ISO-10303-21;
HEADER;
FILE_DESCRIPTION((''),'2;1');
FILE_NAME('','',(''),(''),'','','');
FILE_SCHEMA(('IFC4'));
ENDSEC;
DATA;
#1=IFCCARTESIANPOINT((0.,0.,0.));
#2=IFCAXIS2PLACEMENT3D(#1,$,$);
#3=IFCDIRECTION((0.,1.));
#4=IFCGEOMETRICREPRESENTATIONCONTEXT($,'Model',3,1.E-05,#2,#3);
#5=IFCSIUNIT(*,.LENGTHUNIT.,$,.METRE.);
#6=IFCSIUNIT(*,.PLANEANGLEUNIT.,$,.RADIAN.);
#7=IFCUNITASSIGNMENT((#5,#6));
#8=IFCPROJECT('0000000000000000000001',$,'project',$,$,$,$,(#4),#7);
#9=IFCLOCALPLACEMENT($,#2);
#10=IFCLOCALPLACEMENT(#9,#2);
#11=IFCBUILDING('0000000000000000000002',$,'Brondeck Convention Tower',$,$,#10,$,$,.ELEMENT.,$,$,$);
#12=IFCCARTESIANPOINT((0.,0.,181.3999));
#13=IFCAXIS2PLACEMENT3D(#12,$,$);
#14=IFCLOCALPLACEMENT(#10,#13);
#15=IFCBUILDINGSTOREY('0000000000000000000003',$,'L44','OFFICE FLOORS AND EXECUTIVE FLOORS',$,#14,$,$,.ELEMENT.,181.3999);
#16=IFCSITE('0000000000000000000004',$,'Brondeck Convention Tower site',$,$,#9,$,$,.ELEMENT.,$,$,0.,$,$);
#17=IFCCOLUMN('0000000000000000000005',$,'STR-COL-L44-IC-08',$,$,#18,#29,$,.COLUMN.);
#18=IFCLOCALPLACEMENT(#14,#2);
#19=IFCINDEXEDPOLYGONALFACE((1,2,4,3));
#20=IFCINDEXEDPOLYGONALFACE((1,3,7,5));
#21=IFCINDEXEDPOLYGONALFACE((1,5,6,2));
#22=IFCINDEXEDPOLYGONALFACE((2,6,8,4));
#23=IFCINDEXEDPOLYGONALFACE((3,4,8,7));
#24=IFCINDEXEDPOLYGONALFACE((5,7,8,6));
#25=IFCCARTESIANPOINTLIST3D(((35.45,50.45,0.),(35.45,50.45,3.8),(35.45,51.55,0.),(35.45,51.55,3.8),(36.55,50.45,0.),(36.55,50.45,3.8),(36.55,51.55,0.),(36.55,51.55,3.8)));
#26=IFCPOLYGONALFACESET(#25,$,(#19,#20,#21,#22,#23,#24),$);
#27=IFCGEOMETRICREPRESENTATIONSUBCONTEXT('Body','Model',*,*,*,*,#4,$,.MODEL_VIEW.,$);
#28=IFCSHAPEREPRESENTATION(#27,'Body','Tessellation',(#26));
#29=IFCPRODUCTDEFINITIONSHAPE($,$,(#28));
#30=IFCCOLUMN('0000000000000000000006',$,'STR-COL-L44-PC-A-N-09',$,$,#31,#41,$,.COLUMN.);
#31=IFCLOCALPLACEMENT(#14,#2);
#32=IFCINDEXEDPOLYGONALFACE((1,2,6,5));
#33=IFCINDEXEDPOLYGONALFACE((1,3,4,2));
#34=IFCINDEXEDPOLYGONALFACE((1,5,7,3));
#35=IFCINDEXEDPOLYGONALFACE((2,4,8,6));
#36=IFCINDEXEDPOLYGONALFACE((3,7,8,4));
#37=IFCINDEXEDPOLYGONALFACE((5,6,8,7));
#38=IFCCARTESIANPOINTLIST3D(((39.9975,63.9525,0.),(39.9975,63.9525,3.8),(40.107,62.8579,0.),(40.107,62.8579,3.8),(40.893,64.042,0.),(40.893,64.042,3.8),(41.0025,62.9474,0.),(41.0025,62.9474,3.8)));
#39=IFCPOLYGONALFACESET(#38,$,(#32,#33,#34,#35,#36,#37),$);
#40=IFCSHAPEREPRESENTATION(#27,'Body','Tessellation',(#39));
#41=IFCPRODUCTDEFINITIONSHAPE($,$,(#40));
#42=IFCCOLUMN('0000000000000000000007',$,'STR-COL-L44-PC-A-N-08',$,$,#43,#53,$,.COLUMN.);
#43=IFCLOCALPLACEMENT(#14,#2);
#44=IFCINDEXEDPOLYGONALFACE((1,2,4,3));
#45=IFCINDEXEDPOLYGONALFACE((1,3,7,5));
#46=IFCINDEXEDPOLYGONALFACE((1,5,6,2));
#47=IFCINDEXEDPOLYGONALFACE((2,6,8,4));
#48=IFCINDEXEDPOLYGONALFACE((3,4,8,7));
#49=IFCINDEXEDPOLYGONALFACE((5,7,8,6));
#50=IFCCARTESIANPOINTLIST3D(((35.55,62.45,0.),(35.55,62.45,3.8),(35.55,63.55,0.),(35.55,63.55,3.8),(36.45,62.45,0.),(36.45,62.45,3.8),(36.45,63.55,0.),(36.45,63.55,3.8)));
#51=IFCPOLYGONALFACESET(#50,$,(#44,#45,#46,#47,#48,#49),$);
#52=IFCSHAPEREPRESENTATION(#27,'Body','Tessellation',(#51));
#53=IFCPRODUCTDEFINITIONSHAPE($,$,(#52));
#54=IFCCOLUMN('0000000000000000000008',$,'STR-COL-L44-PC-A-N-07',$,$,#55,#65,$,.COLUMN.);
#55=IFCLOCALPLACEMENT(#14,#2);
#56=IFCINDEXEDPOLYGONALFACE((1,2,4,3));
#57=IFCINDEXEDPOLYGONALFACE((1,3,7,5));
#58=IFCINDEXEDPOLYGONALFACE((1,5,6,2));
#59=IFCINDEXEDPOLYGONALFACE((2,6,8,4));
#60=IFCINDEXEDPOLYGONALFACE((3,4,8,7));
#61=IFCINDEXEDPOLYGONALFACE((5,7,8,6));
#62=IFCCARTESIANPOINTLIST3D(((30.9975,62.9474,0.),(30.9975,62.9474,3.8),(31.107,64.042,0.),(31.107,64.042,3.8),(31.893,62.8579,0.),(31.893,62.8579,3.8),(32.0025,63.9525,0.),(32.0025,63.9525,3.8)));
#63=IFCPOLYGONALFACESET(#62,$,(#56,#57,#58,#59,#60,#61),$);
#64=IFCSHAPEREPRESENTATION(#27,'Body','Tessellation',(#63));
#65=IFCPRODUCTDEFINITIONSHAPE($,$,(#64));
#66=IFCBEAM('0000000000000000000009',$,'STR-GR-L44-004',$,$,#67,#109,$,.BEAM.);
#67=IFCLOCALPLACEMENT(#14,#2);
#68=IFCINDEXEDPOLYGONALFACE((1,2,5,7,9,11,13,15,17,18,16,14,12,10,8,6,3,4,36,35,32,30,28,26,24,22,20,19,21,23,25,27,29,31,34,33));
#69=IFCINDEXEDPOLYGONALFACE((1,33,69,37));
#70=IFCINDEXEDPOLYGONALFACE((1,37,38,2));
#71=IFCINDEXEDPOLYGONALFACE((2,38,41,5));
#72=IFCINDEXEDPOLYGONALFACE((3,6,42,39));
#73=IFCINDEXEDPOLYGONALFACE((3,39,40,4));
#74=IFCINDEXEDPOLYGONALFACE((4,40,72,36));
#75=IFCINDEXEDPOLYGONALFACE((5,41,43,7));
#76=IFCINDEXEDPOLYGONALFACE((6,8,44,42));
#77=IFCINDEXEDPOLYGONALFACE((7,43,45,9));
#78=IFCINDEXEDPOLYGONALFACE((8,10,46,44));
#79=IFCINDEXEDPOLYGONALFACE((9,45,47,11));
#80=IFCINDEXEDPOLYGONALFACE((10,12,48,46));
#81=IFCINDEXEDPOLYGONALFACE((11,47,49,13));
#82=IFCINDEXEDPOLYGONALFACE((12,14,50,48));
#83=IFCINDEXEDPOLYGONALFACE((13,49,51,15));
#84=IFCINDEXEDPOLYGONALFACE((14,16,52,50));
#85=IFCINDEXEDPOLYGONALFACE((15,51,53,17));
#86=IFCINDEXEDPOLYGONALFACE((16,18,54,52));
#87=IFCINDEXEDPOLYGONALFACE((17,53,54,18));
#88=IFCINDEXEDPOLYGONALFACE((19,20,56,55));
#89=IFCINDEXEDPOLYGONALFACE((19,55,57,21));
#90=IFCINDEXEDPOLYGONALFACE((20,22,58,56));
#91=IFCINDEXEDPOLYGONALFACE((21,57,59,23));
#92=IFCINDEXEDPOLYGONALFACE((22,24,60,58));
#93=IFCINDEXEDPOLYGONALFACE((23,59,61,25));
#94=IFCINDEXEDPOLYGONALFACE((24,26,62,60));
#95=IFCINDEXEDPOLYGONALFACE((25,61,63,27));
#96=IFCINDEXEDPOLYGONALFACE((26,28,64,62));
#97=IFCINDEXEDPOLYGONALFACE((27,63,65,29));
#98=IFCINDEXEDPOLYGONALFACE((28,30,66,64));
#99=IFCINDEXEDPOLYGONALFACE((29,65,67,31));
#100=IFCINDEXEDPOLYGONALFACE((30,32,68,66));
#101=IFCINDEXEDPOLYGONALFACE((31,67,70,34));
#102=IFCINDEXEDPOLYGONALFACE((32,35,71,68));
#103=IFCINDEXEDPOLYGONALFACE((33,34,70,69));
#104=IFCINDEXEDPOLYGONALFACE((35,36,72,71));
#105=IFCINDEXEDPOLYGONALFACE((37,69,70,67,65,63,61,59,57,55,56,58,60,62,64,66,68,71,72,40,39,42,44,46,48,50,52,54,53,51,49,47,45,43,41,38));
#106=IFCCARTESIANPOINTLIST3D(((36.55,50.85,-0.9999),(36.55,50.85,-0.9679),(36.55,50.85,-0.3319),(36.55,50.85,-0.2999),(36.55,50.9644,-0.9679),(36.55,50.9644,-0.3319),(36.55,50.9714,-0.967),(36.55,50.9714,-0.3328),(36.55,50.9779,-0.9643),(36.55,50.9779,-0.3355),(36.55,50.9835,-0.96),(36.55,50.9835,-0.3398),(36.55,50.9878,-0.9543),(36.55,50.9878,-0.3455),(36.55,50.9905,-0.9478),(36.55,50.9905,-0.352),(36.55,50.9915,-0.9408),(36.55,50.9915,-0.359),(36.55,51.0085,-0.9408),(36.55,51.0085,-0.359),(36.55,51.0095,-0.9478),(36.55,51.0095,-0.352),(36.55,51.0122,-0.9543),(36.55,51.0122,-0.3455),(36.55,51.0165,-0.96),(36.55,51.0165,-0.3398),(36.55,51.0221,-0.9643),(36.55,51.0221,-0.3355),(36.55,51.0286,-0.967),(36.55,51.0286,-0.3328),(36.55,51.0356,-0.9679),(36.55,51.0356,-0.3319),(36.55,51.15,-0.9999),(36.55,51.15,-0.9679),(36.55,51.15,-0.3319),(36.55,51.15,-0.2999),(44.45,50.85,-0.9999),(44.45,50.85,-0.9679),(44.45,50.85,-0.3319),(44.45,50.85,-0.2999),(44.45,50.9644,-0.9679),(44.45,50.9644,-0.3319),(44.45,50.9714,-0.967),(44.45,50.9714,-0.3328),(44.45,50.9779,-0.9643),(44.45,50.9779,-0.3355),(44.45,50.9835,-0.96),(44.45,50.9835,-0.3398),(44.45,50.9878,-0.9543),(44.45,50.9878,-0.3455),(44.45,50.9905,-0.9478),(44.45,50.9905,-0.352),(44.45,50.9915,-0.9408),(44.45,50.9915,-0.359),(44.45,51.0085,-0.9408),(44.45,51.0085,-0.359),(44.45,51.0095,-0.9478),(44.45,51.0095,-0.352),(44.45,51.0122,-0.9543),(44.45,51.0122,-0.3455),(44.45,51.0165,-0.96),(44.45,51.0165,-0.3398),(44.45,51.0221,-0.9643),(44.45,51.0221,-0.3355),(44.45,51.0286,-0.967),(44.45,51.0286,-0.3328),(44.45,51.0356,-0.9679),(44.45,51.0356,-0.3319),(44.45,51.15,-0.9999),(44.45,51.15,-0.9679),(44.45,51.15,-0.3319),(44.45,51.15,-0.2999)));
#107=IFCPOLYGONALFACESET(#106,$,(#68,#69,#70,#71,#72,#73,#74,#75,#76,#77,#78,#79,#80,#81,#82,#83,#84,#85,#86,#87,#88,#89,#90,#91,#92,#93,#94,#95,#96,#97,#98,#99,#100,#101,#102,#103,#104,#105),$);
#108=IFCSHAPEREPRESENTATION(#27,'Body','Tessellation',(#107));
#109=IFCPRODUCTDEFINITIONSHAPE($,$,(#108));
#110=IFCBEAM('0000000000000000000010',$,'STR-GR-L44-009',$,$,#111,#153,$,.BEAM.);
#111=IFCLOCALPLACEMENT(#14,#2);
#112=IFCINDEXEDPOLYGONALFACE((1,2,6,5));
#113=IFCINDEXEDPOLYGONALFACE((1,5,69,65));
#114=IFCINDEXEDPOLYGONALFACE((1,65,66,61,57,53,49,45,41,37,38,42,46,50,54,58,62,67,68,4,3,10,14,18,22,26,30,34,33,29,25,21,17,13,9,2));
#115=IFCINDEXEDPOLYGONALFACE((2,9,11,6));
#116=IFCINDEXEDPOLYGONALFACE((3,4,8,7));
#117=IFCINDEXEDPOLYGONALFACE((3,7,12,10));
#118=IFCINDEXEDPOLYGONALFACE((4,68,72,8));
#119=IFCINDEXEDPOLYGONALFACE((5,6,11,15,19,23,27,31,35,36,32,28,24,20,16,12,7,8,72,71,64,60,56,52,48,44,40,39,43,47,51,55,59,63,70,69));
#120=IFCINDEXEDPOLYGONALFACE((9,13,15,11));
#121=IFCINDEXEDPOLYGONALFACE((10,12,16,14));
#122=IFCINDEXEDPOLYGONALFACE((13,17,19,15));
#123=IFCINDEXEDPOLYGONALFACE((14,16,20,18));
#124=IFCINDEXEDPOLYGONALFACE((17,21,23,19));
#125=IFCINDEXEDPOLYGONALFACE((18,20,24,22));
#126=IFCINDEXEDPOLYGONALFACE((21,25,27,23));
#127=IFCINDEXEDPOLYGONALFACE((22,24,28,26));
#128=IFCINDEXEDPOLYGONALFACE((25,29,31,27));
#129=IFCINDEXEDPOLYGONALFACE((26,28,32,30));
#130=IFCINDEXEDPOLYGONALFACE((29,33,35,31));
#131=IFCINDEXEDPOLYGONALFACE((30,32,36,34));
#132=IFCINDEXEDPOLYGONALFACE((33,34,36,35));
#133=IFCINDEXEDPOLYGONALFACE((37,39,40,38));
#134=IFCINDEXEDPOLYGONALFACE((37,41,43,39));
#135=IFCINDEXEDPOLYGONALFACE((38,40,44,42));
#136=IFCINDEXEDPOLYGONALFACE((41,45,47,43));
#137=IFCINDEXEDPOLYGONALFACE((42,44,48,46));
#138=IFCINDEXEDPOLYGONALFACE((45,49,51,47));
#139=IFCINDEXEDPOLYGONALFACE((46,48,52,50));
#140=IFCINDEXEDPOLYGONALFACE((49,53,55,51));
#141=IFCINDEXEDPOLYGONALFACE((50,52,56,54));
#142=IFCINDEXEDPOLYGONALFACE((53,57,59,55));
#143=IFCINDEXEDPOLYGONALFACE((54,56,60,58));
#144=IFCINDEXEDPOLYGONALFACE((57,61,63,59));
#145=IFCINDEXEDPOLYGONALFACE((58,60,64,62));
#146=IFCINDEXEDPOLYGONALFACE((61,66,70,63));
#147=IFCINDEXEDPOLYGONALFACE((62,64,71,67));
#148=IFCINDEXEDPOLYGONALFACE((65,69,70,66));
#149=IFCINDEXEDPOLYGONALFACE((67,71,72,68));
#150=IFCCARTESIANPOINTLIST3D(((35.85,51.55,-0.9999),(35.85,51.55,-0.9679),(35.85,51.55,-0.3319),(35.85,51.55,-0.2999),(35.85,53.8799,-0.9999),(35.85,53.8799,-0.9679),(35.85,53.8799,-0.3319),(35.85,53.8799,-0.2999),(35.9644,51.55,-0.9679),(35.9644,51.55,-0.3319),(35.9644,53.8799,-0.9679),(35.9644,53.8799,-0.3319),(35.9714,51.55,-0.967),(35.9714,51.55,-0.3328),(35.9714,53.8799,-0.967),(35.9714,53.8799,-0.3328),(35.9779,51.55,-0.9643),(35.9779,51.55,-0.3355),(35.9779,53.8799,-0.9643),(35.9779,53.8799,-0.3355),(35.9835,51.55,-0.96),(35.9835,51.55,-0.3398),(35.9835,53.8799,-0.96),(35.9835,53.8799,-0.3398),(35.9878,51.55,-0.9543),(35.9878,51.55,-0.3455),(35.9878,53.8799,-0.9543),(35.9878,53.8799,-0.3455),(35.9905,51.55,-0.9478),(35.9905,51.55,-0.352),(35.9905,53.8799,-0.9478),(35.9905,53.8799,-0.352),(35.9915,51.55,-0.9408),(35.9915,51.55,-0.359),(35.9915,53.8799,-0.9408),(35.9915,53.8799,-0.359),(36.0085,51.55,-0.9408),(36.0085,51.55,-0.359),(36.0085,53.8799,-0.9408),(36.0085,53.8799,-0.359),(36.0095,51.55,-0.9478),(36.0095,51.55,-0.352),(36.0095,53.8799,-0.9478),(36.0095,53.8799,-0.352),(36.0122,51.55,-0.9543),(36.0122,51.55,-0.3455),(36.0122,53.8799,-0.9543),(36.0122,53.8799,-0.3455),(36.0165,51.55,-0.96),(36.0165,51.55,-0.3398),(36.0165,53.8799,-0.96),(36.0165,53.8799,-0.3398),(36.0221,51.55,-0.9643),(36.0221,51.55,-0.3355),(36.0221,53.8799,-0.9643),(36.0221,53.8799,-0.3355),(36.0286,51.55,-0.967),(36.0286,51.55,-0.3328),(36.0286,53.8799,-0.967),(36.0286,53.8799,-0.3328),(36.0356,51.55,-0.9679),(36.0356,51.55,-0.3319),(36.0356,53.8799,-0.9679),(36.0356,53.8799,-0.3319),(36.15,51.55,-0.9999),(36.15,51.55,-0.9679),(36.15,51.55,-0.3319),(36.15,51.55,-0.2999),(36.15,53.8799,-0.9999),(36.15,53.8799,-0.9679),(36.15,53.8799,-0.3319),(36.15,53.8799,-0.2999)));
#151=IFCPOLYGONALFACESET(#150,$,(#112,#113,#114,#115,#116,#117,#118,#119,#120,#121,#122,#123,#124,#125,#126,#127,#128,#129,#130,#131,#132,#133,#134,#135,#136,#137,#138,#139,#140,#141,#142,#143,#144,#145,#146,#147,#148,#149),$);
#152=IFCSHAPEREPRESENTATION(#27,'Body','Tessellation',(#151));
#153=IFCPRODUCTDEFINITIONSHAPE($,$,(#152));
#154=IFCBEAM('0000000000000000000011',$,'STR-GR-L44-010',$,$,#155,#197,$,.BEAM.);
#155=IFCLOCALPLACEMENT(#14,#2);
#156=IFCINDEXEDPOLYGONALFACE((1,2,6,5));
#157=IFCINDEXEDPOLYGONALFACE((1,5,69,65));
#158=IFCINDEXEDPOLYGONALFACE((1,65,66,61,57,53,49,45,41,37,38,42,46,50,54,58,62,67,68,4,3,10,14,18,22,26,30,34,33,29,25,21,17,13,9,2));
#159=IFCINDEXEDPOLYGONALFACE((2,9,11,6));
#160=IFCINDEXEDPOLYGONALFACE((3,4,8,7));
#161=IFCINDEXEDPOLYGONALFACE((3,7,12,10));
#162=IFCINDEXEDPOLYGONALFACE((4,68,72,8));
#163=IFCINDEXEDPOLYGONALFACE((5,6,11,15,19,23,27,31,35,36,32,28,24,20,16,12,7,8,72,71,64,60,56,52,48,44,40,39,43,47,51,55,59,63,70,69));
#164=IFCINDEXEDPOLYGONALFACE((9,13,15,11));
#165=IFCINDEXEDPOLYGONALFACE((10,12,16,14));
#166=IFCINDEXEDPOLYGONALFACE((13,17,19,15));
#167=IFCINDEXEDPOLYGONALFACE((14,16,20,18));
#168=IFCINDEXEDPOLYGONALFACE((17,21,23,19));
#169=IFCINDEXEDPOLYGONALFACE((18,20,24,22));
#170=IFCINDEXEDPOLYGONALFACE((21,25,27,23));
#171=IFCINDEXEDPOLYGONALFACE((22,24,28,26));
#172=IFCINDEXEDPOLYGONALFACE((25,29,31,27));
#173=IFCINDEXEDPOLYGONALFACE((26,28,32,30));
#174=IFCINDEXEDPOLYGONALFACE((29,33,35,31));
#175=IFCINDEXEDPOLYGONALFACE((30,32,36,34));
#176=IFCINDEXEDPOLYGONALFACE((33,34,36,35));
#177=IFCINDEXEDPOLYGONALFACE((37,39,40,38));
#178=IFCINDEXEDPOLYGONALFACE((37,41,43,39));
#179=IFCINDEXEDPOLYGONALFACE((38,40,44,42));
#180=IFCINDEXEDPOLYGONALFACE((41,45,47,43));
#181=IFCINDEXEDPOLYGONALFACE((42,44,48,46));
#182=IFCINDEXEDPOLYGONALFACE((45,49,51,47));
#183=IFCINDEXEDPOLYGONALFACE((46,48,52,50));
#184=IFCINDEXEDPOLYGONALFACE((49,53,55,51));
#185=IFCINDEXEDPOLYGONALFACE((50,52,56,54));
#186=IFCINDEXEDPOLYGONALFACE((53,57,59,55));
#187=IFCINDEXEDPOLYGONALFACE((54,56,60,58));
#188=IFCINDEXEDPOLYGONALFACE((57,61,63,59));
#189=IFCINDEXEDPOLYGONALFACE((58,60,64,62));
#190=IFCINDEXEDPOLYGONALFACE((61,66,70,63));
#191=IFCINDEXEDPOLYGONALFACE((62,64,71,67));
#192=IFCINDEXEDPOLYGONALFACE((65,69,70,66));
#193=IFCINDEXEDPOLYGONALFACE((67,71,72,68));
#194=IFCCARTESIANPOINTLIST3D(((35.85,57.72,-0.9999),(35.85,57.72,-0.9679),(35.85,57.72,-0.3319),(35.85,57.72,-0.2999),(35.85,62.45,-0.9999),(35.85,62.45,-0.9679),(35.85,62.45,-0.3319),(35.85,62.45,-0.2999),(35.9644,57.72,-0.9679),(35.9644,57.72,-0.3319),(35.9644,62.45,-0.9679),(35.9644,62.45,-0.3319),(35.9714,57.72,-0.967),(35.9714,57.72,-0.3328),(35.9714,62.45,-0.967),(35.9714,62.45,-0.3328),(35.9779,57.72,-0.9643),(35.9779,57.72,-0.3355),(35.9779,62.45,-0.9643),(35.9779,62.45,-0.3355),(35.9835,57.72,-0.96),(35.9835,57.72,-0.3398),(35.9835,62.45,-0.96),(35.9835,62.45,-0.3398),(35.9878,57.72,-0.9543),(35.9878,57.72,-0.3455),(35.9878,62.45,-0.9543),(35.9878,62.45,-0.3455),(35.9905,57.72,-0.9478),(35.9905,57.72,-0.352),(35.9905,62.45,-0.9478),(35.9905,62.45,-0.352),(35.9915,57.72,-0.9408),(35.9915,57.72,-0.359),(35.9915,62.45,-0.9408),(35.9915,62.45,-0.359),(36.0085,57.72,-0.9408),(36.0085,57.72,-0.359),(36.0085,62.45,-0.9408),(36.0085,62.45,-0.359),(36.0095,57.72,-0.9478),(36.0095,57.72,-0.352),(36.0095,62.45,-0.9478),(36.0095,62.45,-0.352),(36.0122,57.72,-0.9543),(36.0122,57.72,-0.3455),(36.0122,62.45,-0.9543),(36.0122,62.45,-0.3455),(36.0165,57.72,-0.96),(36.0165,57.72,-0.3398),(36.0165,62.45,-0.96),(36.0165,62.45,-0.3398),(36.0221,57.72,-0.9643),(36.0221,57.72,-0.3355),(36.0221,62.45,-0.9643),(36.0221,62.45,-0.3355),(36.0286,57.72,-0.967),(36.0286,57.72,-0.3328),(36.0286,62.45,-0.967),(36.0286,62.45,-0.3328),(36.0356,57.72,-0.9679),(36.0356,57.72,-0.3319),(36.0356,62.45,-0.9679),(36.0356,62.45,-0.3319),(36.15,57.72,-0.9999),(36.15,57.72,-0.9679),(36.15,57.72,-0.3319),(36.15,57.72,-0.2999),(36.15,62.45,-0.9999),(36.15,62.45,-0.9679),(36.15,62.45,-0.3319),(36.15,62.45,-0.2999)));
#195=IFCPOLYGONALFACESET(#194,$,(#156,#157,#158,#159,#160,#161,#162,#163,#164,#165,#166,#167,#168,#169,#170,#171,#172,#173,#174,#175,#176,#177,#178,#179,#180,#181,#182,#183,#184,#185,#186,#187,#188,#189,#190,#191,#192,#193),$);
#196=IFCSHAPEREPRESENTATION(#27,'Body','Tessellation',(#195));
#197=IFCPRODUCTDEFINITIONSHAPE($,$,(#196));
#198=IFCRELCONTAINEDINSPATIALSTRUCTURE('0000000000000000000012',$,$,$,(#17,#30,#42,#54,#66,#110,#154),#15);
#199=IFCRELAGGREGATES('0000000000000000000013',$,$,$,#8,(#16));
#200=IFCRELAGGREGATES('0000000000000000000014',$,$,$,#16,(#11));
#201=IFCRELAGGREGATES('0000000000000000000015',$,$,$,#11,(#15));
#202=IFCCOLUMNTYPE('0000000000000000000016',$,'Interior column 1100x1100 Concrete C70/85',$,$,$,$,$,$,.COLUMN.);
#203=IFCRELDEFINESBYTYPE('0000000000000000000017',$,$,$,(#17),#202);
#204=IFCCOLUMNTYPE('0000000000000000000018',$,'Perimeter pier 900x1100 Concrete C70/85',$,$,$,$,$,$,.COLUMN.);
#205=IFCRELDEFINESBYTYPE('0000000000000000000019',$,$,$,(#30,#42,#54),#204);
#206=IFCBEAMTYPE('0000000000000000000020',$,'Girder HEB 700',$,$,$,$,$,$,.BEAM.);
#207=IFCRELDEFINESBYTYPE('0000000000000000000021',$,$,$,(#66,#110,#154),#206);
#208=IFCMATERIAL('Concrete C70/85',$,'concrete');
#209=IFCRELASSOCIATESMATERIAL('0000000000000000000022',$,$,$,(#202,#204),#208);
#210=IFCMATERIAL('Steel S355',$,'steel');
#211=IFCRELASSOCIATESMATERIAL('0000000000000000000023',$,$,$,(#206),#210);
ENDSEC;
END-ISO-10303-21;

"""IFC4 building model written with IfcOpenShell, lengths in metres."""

from ifc_helpers import new_model, si_unit, direction, frame, origin, origin_2d, place, context, subcontext, project, spatial, rectangle, i_section, extrude, material, material_profile, profile_set, type_object, element, save


model = new_model("IFC4")

# Units and contexts
model_context = context("Model", 3, precision=1e-05, world=origin(), true_north=direction((0.0, 1.0)))
body_context = subcontext(model_context, "Body", "Model", "MODEL_VIEW")
ifc_project = project(units=[si_unit("LENGTHUNIT", "METRE"), si_unit("PLANEANGLEUNIT", "RADIAN")], contexts=[model_context])

# Site, building, storey
site_placement = place(None, origin())
site = spatial("IfcSite", under=ifc_project, at=site_placement, Name="Brondeck Convention Tower site", CompositionType="ELEMENT", RefElevation=0.0)
building_placement = place(site_placement, origin())
building = spatial("IfcBuilding", under=site, at=building_placement, Name="Brondeck Convention Tower", CompositionType="ELEMENT")
storey_placement = place(building_placement, frame((0.0, 0.0, 181.3999)))
storey = spatial("IfcBuildingStorey", under=building, at=storey_placement, Name="L44", Description="OFFICE FLOORS AND EXECUTIVE FLOORS", CompositionType="ELEMENT", Elevation=181.3999)

# Columns
ifc_material_1 = material(Name="Concrete C70/85", Category="concrete")
ifc_material_profile_1 = material_profile(ifc_material_1, rectangle(XDim=1.1001, YDim=1.1001, at=origin_2d()), Name="Interior column 1100x1100 Concrete C70/85")
ifc_profile_set_1 = profile_set([ifc_material_profile_1], Name="Concrete C70/85")
column_type_1 = type_object("IfcColumnType", Name="Interior column 1100x1100 Concrete C70/85", PredefinedType="COLUMN", material=ifc_profile_set_1)
column_placement = place(storey_placement, frame((36.0, 51.0, 0.0), z_axis=(0.0, 0.0, 1.0), x_axis=(1.0, 0.0, 0.0)))
element("IfcColumn", 1, at=column_placement, inside=storey, type_object=column_type_1, Name="STR-COL-L44-IC-08", PredefinedType="COLUMN", context=body_context, shape_type="SweptSolid", body=[
    extrude(rectangle(XDim=1.1001, YDim=1.1001, at=origin_2d()), origin(), (0.0, 0.0, 1.0), 3.8),
])
ifc_material_profile_2 = material_profile(ifc_material_1, rectangle(XDim=0.8999, YDim=1.1001, at=origin_2d()), Name="Perimeter pier 900x1100 Concrete C70/85")
ifc_profile_set_2 = profile_set([ifc_material_profile_2], Name="Concrete C70/85")
column_type_2 = type_object("IfcColumnType", Name="Perimeter pier 900x1100 Concrete C70/85", PredefinedType="COLUMN", material=ifc_profile_set_2)
for number, where, z_axis, x_axis, name in (
    (2, (40.5, 63.45, 0.0), (0.0, 0.0, 1.0), (-0.995037, -0.099504, 0.0), "STR-COL-L44-PC-A-N-09"),
    (3, (36.0, 63.0, 0.0), (0.0, 0.0, 1.0), (-1.0, 0.0, 0.0), "STR-COL-L44-PC-A-N-08"),
    (4, (31.5, 63.45, 0.0), (0.0, 0.0, 1.0), (-0.995037, 0.099504, 0.0), "STR-COL-L44-PC-A-N-07"),
):
    element("IfcColumn", number, at=place(storey_placement, frame(where, z_axis=z_axis, x_axis=x_axis)), inside=storey, type_object=column_type_2, Name=name, PredefinedType="COLUMN", context=body_context, shape_type="SweptSolid", body=[
        extrude(rectangle(XDim=0.8999, YDim=1.1001, at=origin_2d()), origin(), (0.0, 0.0, 1.0), 3.8),
    ])

# Beams
ifc_material_2 = material(Name="Steel S355", Category="steel")
ifc_material_profile_3 = material_profile(ifc_material_2, i_section(OverallWidth=0.3, OverallDepth=0.7, WebThickness=0.0171, FlangeThickness=0.032, FilletRadius=0.0271, at=origin_2d()), Name="HEB 700")
ifc_profile_set_3 = profile_set([ifc_material_profile_3], Name="Steel S355")
beam_type_1 = type_object("IfcBeamType", Name="Girder HEB 700", PredefinedType="BEAM", material=ifc_profile_set_3)
beam_1_placement = place(storey_placement, frame((36.55, 51.0, -0.6499), z_axis=(1.0, 0.0, 0.0), x_axis=(0.0, 1.0, 0.0)))
element("IfcBeam", 5, at=beam_1_placement, inside=storey, type_object=beam_type_1, Name="STR-GR-L44-004", PredefinedType="BEAM", context=body_context, shape_type="SweptSolid", body=[
    extrude(i_section(OverallWidth=0.3, OverallDepth=0.7, WebThickness=0.0171, FlangeThickness=0.032, FilletRadius=0.0271, at=origin_2d()), origin(), (0.0, 0.0, 1.0), 7.8999),
])
beam_2_placement = place(storey_placement, frame((36.0, 51.55, -0.6499), z_axis=(0.0, 1.0, 0.0), x_axis=(-1.0, 0.0, 0.0)))
element("IfcBeam", 6, at=beam_2_placement, inside=storey, type_object=beam_type_1, Name="STR-GR-L44-009", PredefinedType="BEAM", context=body_context, shape_type="SweptSolid", body=[
    extrude(i_section(OverallWidth=0.3, OverallDepth=0.7, WebThickness=0.0171, FlangeThickness=0.032, FilletRadius=0.0271, at=origin_2d()), origin(), (0.0, 0.0, 1.0), 2.3298),
])
beam_3_placement = place(storey_placement, frame((36.0, 57.72, -0.6499), z_axis=(0.0, 1.0, 0.0), x_axis=(-1.0, 0.0, 0.0)))
element("IfcBeam", 7, at=beam_3_placement, inside=storey, type_object=beam_type_1, Name="STR-GR-L44-010", PredefinedType="BEAM", context=body_context, shape_type="SweptSolid", body=[
    extrude(i_section(OverallWidth=0.3, OverallDepth=0.7, WebThickness=0.0171, FlangeThickness=0.032, FilletRadius=0.0271, at=origin_2d()), origin(), (0.0, 0.0, 1.0), 4.73),
])

save(model, "model.ifc")
